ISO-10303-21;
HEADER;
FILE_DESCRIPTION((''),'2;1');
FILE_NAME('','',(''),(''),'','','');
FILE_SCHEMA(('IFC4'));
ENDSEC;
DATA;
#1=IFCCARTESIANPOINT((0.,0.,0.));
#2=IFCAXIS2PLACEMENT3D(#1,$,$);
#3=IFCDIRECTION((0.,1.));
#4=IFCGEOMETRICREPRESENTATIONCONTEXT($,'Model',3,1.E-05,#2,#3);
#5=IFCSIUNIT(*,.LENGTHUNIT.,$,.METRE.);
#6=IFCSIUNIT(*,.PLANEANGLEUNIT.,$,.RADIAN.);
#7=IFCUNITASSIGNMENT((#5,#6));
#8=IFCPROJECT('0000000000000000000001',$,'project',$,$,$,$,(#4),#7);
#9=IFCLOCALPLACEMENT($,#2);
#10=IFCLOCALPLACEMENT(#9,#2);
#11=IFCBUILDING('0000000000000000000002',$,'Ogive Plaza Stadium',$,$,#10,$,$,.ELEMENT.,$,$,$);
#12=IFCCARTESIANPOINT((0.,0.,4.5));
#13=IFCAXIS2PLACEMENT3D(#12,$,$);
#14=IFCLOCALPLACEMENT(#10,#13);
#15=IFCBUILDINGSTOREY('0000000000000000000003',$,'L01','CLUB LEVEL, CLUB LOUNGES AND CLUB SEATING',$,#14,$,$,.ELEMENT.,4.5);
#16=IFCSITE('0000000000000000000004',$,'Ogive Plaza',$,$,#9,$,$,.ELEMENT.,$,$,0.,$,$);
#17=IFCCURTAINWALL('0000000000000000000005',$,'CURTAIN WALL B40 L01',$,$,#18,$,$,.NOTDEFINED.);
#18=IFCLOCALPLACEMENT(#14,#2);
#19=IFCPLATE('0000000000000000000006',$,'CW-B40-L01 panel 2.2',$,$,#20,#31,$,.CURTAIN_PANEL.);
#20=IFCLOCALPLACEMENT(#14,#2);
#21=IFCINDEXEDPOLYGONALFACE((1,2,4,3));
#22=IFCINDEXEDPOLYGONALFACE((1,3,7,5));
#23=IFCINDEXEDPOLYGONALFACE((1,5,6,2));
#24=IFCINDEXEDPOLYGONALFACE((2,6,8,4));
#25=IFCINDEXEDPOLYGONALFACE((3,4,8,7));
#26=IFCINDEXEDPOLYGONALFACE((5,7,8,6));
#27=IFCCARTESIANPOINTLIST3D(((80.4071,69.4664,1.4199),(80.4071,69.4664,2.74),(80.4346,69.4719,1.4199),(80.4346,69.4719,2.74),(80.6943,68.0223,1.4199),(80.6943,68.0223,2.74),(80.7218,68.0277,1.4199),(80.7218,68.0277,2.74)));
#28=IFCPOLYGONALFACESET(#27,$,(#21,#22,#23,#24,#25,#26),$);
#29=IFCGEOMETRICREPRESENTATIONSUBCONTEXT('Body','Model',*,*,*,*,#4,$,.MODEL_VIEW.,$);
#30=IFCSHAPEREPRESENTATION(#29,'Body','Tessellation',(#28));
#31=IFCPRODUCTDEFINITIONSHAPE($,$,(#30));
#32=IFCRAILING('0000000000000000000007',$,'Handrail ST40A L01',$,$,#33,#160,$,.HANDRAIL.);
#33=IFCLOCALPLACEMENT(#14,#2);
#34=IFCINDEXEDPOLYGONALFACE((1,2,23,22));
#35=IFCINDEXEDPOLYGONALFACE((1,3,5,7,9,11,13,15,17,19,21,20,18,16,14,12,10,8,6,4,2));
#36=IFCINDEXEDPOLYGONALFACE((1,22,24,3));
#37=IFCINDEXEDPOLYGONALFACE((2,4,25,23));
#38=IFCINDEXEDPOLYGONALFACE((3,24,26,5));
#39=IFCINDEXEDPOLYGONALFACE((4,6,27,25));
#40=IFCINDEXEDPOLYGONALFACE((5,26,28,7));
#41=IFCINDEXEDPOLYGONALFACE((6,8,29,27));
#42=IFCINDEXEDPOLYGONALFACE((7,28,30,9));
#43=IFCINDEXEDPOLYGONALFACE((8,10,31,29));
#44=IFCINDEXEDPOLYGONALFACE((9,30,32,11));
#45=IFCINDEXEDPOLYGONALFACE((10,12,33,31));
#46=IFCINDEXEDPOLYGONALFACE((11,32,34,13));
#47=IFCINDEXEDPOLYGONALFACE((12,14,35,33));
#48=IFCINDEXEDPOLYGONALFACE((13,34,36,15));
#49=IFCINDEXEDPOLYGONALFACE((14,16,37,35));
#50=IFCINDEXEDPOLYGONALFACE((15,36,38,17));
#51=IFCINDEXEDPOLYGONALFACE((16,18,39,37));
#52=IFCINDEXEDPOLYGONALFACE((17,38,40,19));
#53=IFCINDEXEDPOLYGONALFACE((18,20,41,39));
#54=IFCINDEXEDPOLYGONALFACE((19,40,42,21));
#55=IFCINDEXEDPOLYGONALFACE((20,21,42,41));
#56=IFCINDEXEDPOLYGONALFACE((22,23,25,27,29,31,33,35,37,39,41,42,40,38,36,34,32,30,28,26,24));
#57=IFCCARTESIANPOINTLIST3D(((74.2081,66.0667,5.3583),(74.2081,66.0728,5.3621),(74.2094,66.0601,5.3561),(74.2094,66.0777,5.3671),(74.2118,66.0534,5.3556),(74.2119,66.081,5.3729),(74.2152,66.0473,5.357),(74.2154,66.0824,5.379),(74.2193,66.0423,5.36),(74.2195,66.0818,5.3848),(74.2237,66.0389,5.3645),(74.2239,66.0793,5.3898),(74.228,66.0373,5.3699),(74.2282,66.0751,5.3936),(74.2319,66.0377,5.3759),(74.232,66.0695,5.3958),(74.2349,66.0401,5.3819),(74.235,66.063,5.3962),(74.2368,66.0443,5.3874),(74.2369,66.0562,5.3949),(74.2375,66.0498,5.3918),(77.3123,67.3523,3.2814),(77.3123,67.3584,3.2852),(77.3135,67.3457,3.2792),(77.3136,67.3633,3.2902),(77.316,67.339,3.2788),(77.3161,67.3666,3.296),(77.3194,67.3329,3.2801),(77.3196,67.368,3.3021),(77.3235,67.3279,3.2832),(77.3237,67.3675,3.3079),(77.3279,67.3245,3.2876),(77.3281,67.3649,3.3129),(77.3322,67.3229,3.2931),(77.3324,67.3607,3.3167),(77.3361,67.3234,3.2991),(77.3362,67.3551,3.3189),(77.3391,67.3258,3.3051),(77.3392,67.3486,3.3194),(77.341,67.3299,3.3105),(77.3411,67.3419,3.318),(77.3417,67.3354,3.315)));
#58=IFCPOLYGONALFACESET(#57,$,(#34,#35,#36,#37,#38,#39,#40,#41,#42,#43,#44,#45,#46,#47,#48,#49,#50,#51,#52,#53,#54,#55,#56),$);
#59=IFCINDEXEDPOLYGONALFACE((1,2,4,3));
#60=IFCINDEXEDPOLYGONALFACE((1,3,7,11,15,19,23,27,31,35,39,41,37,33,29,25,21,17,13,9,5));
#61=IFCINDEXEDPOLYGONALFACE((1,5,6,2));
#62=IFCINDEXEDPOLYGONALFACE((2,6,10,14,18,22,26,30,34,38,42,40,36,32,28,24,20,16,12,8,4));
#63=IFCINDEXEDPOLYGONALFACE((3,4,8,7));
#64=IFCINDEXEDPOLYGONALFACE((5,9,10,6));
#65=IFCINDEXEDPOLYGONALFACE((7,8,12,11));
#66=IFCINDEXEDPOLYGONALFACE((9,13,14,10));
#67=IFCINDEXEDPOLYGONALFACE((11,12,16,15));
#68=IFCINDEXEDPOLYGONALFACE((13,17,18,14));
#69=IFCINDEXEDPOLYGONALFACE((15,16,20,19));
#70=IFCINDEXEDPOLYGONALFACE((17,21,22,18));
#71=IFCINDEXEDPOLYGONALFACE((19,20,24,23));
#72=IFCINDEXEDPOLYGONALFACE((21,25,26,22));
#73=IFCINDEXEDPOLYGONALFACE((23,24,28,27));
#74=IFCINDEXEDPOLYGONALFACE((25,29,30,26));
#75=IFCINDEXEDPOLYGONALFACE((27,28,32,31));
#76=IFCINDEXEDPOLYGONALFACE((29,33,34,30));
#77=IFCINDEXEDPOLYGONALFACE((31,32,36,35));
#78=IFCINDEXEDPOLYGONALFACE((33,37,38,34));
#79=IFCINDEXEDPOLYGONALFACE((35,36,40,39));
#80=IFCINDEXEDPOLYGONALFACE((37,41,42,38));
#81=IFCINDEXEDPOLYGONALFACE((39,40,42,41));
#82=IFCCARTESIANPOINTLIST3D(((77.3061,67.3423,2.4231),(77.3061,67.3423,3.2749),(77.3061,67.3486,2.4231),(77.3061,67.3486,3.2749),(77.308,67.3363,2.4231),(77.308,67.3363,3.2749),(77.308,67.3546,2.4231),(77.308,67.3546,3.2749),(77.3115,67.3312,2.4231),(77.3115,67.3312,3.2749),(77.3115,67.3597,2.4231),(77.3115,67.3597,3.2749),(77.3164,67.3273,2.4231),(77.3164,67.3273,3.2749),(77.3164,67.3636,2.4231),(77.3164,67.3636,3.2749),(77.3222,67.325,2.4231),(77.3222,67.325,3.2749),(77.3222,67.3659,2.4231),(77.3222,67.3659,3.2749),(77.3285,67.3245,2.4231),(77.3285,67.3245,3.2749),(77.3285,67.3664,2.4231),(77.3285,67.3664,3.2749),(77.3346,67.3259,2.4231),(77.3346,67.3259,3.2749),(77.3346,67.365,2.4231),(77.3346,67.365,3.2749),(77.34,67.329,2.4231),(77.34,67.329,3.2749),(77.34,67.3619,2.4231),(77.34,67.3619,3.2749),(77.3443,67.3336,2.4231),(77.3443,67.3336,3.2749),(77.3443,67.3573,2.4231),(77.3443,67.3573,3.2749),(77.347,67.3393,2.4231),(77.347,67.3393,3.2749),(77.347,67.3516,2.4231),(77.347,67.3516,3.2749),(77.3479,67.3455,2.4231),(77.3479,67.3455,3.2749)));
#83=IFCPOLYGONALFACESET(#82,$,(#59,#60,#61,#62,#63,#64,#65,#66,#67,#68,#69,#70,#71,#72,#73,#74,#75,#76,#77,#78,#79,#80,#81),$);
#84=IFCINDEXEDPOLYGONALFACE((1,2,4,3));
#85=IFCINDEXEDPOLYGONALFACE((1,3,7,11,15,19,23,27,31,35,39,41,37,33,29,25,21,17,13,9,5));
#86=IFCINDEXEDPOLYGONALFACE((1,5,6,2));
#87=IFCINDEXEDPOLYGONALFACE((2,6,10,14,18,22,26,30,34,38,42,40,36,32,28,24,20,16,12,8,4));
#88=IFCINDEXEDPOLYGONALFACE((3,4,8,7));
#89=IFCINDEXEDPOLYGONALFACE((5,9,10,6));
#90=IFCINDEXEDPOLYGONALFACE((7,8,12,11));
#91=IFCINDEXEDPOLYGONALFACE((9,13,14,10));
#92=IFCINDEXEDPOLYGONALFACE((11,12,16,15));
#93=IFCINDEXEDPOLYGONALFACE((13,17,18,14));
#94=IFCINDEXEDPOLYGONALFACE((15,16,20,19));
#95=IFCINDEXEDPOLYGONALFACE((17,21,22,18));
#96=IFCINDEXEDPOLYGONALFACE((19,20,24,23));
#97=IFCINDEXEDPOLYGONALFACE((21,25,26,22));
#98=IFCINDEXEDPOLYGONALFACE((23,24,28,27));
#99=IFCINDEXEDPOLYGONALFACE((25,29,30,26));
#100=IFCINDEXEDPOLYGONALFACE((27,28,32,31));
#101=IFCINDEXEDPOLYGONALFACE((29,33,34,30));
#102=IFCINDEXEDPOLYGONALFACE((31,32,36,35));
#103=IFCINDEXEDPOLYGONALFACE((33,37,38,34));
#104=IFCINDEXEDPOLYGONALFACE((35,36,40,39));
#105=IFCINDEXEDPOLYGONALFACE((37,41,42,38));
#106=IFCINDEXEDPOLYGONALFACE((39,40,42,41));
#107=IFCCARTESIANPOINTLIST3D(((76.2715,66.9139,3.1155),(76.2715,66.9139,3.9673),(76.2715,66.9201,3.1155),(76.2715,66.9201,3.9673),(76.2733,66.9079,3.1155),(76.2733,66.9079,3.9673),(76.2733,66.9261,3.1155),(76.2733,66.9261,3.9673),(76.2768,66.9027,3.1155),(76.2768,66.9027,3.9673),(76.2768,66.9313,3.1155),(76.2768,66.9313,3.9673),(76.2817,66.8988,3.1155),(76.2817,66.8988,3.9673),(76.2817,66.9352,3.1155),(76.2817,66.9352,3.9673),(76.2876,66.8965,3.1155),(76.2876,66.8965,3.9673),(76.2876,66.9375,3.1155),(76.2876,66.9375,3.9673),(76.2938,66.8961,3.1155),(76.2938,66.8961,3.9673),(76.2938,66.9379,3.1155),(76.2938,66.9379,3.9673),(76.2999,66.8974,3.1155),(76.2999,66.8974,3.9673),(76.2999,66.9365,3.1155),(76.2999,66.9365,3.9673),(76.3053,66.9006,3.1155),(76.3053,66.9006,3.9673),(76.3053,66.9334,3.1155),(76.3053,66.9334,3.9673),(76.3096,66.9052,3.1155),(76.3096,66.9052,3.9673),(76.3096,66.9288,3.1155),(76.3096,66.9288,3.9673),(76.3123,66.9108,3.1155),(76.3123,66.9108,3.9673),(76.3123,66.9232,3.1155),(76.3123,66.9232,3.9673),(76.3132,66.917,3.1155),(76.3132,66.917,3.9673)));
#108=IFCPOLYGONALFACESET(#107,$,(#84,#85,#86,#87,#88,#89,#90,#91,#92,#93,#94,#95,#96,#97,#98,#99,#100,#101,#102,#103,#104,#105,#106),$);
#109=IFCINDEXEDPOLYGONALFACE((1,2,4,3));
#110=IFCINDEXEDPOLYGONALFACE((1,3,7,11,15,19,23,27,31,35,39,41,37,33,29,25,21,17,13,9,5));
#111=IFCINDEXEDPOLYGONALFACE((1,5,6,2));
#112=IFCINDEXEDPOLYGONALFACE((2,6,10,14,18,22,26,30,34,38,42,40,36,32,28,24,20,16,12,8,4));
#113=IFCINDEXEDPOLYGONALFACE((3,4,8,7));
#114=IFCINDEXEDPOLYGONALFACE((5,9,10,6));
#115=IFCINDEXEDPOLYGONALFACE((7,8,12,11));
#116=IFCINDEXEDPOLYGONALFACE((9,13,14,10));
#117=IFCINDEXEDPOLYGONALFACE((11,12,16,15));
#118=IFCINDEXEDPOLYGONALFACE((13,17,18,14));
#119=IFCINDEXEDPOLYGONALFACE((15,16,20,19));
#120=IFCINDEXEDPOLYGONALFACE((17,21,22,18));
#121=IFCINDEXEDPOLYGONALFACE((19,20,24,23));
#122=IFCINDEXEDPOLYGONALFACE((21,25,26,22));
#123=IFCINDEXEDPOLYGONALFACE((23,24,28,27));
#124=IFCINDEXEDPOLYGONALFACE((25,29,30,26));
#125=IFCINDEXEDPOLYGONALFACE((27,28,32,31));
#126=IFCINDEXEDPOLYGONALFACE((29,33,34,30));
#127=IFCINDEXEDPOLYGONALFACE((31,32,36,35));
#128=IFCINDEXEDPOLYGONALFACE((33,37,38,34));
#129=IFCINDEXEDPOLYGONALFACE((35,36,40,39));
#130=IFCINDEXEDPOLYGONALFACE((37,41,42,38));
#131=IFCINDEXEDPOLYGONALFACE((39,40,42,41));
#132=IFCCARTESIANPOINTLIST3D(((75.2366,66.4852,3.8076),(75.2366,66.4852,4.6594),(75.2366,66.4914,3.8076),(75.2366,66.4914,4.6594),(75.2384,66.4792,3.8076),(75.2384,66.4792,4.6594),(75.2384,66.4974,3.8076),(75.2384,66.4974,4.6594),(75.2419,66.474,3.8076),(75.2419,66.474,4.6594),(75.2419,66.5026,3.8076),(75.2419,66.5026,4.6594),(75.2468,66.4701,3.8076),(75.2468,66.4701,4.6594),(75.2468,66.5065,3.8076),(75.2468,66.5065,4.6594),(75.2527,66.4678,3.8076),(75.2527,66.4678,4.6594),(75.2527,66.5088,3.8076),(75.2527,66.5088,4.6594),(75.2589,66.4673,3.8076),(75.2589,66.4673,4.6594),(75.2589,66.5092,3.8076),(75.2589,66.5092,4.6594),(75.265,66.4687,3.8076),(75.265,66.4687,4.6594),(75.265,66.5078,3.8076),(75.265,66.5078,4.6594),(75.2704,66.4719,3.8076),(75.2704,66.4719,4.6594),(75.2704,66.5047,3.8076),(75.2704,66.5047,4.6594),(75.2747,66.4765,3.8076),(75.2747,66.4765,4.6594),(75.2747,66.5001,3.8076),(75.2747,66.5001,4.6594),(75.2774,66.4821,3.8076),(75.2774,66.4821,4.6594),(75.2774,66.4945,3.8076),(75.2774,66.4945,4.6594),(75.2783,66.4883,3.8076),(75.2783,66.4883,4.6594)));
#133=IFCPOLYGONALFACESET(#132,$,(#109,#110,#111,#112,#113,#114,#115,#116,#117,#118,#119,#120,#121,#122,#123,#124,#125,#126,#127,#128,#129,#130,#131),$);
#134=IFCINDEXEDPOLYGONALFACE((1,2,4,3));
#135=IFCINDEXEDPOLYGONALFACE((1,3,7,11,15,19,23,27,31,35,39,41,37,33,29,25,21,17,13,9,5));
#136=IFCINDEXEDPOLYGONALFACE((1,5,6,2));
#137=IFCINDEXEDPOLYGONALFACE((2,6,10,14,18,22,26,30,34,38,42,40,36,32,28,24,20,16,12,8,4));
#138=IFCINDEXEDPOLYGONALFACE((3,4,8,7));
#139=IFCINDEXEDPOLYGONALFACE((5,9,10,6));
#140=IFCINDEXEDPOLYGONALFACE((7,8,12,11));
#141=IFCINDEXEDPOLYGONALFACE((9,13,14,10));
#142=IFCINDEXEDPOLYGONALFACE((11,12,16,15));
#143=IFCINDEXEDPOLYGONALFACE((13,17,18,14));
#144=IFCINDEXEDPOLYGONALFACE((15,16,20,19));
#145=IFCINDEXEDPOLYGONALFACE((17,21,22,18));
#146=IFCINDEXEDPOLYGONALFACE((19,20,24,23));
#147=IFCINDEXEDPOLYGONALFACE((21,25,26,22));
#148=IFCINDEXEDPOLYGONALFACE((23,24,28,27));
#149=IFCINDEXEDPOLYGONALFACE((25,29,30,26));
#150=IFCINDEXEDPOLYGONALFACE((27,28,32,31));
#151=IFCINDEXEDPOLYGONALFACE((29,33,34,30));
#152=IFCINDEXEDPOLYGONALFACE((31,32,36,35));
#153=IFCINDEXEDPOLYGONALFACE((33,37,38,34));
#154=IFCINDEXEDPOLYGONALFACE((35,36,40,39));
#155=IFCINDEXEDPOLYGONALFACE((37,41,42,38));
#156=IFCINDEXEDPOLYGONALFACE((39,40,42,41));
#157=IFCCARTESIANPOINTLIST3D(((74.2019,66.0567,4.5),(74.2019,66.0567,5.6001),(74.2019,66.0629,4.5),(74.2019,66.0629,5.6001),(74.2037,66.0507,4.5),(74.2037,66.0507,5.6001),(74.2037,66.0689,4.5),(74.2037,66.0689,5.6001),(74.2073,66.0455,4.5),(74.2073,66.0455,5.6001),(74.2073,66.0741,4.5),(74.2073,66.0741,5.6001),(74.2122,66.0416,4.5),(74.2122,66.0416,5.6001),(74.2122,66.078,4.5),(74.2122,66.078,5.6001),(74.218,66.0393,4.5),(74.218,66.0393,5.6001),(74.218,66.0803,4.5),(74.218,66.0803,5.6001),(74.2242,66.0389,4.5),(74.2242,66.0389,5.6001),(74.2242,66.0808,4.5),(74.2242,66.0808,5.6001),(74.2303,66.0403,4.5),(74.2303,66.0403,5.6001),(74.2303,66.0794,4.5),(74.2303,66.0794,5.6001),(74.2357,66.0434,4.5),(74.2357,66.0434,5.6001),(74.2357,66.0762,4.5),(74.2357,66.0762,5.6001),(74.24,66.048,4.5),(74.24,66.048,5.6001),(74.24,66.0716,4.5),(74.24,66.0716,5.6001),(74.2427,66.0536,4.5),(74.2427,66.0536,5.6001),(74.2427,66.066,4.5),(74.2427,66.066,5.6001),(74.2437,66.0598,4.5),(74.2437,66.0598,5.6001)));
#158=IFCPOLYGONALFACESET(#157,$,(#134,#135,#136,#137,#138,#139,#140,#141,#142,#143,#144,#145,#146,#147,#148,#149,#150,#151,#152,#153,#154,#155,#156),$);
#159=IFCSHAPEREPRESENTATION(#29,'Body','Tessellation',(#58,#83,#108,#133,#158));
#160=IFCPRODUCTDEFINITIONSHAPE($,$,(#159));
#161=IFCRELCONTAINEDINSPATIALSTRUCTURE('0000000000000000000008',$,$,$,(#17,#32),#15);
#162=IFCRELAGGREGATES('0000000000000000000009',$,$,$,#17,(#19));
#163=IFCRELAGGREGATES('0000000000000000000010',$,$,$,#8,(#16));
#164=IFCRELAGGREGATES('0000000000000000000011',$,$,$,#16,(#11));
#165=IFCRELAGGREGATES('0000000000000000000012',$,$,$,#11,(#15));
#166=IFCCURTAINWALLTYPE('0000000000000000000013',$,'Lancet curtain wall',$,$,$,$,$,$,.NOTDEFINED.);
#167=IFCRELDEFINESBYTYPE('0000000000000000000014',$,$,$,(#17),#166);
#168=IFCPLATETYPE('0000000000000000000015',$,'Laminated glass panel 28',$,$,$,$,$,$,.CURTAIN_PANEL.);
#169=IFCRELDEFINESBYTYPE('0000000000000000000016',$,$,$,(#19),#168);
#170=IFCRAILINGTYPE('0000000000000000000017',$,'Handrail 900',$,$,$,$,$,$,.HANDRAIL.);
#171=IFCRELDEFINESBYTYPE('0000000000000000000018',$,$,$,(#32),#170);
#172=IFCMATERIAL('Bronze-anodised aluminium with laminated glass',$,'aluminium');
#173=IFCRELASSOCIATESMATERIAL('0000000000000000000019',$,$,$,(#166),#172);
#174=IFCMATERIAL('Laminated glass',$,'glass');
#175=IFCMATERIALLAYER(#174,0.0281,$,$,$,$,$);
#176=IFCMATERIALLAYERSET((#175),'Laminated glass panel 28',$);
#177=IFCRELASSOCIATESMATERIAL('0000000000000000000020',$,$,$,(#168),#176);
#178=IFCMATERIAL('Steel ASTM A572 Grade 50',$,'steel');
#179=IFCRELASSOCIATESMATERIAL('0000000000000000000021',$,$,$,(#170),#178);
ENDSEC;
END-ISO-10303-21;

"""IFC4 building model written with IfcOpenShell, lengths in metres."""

from ifc_helpers import new_model, si_unit, direction, frame, origin, origin_2d, place, context, subcontext, project, spatial, rectangle, circle, extrude, material, layer, layer_set, type_object, element, aggregate, save


model = new_model("IFC4")

# Units and contexts
model_context = context("Model", 3, precision=1e-05, world=origin(), true_north=direction((0.0, 1.0)))
body_context = subcontext(model_context, "Body", "Model", "MODEL_VIEW")
ifc_project = project(units=[si_unit("LENGTHUNIT", "METRE"), si_unit("PLANEANGLEUNIT", "RADIAN")], contexts=[model_context])

# Site, building, storey
site_placement = place(None, origin())
site = spatial("IfcSite", under=ifc_project, at=site_placement, Name="Ogive Plaza", CompositionType="ELEMENT", RefElevation=0.0)
building_placement = place(site_placement, origin())
building = spatial("IfcBuilding", under=site, at=building_placement, Name="Ogive Plaza Stadium", CompositionType="ELEMENT")
storey_placement = place(building_placement, frame((0.0, 0.0, 4.5)))
storey = spatial("IfcBuildingStorey", under=building, at=storey_placement, Name="L01", Description="CLUB LEVEL, CLUB LOUNGES AND CLUB SEATING", CompositionType="ELEMENT", Elevation=4.5)

# Curtain wall, plate
ifc_material_1 = material(Name="Bronze-anodised aluminium with laminated glass", Category="aluminium")
curtain_wall_type = type_object("IfcCurtainWallType", Name="Lancet curtain wall", PredefinedType="NOTDEFINED", material=ifc_material_1)
curtain_wall_placement = place(storey_placement, origin())
curtain_wall = element("IfcCurtainWall", 1, at=curtain_wall_placement, inside=storey, type_object=curtain_wall_type, Name="CURTAIN WALL B40 L01", PredefinedType="NOTDEFINED")
ifc_material_2 = material(Name="Laminated glass", Category="glass")
ifc_layer = layer(ifc_material_2, 0.0281)
ifc_layer_set = layer_set([ifc_layer], Name="Laminated glass panel 28")
plate_type = type_object("IfcPlateType", Name="Laminated glass panel 28", PredefinedType="CURTAIN_PANEL", material=ifc_layer_set)
plate_1_placement = place(storey_placement, frame((80.5645, 68.7471, 1.4199), z_axis=(0.0, 0.0, 1.0), x_axis=(0.19509, -0.980785, 0.0)))
plate_1 = element("IfcPlate", 2, at=plate_1_placement, type_object=plate_type, Name="CW-B40-L01 panel 2.2", PredefinedType="CURTAIN_PANEL", context=body_context, shape_type="SweptSolid", body=[
    extrude(rectangle(XDim=1.4724, YDim=0.0281, at=origin_2d()), origin(), (0.0, 0.0, 1.0), 1.3201),
])
aggregate(curtain_wall, [plate_1])

# Railing
ifc_material_3 = material(Name="Steel ASTM A572 Grade 50", Category="steel")
railing_type = type_object("IfcRailingType", Name="Handrail 900", PredefinedType="HANDRAIL", material=ifc_material_3)
railing_placement = place(storey_placement, frame((77.3269, 67.3455, 2.4231)))
element("IfcRailing", 3, at=railing_placement, inside=storey, type_object=railing_type, Name="Handrail ST40A L01", PredefinedType="HANDRAIL", context=body_context, shape_type="SweptSolid", body=[
    extrude(circle(Radius=0.0239, at=origin_2d()), frame((0.0, 0.0, 0.876), z_axis=(-0.785879, -0.325477, 0.525794), x_axis=(0.382638, -0.923898, 0.0)), (0.0, 0.0, 1.0), 3.95),
    extrude(circle(Radius=0.021, at=origin_2d()), origin(), (0.0, 0.0, 1.0), 0.8518),
    extrude(circle(Radius=0.021, at=origin_2d()), frame((-1.0347, -0.4285, 0.6924)), (0.0, 0.0, 1.0), 0.8518),
    extrude(circle(Radius=0.021, at=origin_2d()), frame((-2.0696, -0.8572, 1.3845)), (0.0, 0.0, 1.0), 0.8518),
    extrude(circle(Radius=0.021, at=origin_2d()), frame((-3.1042, -1.2856, 2.0769)), (0.0, 0.0, 1.0), 1.1001),
])

save(model, "model.ifc")
